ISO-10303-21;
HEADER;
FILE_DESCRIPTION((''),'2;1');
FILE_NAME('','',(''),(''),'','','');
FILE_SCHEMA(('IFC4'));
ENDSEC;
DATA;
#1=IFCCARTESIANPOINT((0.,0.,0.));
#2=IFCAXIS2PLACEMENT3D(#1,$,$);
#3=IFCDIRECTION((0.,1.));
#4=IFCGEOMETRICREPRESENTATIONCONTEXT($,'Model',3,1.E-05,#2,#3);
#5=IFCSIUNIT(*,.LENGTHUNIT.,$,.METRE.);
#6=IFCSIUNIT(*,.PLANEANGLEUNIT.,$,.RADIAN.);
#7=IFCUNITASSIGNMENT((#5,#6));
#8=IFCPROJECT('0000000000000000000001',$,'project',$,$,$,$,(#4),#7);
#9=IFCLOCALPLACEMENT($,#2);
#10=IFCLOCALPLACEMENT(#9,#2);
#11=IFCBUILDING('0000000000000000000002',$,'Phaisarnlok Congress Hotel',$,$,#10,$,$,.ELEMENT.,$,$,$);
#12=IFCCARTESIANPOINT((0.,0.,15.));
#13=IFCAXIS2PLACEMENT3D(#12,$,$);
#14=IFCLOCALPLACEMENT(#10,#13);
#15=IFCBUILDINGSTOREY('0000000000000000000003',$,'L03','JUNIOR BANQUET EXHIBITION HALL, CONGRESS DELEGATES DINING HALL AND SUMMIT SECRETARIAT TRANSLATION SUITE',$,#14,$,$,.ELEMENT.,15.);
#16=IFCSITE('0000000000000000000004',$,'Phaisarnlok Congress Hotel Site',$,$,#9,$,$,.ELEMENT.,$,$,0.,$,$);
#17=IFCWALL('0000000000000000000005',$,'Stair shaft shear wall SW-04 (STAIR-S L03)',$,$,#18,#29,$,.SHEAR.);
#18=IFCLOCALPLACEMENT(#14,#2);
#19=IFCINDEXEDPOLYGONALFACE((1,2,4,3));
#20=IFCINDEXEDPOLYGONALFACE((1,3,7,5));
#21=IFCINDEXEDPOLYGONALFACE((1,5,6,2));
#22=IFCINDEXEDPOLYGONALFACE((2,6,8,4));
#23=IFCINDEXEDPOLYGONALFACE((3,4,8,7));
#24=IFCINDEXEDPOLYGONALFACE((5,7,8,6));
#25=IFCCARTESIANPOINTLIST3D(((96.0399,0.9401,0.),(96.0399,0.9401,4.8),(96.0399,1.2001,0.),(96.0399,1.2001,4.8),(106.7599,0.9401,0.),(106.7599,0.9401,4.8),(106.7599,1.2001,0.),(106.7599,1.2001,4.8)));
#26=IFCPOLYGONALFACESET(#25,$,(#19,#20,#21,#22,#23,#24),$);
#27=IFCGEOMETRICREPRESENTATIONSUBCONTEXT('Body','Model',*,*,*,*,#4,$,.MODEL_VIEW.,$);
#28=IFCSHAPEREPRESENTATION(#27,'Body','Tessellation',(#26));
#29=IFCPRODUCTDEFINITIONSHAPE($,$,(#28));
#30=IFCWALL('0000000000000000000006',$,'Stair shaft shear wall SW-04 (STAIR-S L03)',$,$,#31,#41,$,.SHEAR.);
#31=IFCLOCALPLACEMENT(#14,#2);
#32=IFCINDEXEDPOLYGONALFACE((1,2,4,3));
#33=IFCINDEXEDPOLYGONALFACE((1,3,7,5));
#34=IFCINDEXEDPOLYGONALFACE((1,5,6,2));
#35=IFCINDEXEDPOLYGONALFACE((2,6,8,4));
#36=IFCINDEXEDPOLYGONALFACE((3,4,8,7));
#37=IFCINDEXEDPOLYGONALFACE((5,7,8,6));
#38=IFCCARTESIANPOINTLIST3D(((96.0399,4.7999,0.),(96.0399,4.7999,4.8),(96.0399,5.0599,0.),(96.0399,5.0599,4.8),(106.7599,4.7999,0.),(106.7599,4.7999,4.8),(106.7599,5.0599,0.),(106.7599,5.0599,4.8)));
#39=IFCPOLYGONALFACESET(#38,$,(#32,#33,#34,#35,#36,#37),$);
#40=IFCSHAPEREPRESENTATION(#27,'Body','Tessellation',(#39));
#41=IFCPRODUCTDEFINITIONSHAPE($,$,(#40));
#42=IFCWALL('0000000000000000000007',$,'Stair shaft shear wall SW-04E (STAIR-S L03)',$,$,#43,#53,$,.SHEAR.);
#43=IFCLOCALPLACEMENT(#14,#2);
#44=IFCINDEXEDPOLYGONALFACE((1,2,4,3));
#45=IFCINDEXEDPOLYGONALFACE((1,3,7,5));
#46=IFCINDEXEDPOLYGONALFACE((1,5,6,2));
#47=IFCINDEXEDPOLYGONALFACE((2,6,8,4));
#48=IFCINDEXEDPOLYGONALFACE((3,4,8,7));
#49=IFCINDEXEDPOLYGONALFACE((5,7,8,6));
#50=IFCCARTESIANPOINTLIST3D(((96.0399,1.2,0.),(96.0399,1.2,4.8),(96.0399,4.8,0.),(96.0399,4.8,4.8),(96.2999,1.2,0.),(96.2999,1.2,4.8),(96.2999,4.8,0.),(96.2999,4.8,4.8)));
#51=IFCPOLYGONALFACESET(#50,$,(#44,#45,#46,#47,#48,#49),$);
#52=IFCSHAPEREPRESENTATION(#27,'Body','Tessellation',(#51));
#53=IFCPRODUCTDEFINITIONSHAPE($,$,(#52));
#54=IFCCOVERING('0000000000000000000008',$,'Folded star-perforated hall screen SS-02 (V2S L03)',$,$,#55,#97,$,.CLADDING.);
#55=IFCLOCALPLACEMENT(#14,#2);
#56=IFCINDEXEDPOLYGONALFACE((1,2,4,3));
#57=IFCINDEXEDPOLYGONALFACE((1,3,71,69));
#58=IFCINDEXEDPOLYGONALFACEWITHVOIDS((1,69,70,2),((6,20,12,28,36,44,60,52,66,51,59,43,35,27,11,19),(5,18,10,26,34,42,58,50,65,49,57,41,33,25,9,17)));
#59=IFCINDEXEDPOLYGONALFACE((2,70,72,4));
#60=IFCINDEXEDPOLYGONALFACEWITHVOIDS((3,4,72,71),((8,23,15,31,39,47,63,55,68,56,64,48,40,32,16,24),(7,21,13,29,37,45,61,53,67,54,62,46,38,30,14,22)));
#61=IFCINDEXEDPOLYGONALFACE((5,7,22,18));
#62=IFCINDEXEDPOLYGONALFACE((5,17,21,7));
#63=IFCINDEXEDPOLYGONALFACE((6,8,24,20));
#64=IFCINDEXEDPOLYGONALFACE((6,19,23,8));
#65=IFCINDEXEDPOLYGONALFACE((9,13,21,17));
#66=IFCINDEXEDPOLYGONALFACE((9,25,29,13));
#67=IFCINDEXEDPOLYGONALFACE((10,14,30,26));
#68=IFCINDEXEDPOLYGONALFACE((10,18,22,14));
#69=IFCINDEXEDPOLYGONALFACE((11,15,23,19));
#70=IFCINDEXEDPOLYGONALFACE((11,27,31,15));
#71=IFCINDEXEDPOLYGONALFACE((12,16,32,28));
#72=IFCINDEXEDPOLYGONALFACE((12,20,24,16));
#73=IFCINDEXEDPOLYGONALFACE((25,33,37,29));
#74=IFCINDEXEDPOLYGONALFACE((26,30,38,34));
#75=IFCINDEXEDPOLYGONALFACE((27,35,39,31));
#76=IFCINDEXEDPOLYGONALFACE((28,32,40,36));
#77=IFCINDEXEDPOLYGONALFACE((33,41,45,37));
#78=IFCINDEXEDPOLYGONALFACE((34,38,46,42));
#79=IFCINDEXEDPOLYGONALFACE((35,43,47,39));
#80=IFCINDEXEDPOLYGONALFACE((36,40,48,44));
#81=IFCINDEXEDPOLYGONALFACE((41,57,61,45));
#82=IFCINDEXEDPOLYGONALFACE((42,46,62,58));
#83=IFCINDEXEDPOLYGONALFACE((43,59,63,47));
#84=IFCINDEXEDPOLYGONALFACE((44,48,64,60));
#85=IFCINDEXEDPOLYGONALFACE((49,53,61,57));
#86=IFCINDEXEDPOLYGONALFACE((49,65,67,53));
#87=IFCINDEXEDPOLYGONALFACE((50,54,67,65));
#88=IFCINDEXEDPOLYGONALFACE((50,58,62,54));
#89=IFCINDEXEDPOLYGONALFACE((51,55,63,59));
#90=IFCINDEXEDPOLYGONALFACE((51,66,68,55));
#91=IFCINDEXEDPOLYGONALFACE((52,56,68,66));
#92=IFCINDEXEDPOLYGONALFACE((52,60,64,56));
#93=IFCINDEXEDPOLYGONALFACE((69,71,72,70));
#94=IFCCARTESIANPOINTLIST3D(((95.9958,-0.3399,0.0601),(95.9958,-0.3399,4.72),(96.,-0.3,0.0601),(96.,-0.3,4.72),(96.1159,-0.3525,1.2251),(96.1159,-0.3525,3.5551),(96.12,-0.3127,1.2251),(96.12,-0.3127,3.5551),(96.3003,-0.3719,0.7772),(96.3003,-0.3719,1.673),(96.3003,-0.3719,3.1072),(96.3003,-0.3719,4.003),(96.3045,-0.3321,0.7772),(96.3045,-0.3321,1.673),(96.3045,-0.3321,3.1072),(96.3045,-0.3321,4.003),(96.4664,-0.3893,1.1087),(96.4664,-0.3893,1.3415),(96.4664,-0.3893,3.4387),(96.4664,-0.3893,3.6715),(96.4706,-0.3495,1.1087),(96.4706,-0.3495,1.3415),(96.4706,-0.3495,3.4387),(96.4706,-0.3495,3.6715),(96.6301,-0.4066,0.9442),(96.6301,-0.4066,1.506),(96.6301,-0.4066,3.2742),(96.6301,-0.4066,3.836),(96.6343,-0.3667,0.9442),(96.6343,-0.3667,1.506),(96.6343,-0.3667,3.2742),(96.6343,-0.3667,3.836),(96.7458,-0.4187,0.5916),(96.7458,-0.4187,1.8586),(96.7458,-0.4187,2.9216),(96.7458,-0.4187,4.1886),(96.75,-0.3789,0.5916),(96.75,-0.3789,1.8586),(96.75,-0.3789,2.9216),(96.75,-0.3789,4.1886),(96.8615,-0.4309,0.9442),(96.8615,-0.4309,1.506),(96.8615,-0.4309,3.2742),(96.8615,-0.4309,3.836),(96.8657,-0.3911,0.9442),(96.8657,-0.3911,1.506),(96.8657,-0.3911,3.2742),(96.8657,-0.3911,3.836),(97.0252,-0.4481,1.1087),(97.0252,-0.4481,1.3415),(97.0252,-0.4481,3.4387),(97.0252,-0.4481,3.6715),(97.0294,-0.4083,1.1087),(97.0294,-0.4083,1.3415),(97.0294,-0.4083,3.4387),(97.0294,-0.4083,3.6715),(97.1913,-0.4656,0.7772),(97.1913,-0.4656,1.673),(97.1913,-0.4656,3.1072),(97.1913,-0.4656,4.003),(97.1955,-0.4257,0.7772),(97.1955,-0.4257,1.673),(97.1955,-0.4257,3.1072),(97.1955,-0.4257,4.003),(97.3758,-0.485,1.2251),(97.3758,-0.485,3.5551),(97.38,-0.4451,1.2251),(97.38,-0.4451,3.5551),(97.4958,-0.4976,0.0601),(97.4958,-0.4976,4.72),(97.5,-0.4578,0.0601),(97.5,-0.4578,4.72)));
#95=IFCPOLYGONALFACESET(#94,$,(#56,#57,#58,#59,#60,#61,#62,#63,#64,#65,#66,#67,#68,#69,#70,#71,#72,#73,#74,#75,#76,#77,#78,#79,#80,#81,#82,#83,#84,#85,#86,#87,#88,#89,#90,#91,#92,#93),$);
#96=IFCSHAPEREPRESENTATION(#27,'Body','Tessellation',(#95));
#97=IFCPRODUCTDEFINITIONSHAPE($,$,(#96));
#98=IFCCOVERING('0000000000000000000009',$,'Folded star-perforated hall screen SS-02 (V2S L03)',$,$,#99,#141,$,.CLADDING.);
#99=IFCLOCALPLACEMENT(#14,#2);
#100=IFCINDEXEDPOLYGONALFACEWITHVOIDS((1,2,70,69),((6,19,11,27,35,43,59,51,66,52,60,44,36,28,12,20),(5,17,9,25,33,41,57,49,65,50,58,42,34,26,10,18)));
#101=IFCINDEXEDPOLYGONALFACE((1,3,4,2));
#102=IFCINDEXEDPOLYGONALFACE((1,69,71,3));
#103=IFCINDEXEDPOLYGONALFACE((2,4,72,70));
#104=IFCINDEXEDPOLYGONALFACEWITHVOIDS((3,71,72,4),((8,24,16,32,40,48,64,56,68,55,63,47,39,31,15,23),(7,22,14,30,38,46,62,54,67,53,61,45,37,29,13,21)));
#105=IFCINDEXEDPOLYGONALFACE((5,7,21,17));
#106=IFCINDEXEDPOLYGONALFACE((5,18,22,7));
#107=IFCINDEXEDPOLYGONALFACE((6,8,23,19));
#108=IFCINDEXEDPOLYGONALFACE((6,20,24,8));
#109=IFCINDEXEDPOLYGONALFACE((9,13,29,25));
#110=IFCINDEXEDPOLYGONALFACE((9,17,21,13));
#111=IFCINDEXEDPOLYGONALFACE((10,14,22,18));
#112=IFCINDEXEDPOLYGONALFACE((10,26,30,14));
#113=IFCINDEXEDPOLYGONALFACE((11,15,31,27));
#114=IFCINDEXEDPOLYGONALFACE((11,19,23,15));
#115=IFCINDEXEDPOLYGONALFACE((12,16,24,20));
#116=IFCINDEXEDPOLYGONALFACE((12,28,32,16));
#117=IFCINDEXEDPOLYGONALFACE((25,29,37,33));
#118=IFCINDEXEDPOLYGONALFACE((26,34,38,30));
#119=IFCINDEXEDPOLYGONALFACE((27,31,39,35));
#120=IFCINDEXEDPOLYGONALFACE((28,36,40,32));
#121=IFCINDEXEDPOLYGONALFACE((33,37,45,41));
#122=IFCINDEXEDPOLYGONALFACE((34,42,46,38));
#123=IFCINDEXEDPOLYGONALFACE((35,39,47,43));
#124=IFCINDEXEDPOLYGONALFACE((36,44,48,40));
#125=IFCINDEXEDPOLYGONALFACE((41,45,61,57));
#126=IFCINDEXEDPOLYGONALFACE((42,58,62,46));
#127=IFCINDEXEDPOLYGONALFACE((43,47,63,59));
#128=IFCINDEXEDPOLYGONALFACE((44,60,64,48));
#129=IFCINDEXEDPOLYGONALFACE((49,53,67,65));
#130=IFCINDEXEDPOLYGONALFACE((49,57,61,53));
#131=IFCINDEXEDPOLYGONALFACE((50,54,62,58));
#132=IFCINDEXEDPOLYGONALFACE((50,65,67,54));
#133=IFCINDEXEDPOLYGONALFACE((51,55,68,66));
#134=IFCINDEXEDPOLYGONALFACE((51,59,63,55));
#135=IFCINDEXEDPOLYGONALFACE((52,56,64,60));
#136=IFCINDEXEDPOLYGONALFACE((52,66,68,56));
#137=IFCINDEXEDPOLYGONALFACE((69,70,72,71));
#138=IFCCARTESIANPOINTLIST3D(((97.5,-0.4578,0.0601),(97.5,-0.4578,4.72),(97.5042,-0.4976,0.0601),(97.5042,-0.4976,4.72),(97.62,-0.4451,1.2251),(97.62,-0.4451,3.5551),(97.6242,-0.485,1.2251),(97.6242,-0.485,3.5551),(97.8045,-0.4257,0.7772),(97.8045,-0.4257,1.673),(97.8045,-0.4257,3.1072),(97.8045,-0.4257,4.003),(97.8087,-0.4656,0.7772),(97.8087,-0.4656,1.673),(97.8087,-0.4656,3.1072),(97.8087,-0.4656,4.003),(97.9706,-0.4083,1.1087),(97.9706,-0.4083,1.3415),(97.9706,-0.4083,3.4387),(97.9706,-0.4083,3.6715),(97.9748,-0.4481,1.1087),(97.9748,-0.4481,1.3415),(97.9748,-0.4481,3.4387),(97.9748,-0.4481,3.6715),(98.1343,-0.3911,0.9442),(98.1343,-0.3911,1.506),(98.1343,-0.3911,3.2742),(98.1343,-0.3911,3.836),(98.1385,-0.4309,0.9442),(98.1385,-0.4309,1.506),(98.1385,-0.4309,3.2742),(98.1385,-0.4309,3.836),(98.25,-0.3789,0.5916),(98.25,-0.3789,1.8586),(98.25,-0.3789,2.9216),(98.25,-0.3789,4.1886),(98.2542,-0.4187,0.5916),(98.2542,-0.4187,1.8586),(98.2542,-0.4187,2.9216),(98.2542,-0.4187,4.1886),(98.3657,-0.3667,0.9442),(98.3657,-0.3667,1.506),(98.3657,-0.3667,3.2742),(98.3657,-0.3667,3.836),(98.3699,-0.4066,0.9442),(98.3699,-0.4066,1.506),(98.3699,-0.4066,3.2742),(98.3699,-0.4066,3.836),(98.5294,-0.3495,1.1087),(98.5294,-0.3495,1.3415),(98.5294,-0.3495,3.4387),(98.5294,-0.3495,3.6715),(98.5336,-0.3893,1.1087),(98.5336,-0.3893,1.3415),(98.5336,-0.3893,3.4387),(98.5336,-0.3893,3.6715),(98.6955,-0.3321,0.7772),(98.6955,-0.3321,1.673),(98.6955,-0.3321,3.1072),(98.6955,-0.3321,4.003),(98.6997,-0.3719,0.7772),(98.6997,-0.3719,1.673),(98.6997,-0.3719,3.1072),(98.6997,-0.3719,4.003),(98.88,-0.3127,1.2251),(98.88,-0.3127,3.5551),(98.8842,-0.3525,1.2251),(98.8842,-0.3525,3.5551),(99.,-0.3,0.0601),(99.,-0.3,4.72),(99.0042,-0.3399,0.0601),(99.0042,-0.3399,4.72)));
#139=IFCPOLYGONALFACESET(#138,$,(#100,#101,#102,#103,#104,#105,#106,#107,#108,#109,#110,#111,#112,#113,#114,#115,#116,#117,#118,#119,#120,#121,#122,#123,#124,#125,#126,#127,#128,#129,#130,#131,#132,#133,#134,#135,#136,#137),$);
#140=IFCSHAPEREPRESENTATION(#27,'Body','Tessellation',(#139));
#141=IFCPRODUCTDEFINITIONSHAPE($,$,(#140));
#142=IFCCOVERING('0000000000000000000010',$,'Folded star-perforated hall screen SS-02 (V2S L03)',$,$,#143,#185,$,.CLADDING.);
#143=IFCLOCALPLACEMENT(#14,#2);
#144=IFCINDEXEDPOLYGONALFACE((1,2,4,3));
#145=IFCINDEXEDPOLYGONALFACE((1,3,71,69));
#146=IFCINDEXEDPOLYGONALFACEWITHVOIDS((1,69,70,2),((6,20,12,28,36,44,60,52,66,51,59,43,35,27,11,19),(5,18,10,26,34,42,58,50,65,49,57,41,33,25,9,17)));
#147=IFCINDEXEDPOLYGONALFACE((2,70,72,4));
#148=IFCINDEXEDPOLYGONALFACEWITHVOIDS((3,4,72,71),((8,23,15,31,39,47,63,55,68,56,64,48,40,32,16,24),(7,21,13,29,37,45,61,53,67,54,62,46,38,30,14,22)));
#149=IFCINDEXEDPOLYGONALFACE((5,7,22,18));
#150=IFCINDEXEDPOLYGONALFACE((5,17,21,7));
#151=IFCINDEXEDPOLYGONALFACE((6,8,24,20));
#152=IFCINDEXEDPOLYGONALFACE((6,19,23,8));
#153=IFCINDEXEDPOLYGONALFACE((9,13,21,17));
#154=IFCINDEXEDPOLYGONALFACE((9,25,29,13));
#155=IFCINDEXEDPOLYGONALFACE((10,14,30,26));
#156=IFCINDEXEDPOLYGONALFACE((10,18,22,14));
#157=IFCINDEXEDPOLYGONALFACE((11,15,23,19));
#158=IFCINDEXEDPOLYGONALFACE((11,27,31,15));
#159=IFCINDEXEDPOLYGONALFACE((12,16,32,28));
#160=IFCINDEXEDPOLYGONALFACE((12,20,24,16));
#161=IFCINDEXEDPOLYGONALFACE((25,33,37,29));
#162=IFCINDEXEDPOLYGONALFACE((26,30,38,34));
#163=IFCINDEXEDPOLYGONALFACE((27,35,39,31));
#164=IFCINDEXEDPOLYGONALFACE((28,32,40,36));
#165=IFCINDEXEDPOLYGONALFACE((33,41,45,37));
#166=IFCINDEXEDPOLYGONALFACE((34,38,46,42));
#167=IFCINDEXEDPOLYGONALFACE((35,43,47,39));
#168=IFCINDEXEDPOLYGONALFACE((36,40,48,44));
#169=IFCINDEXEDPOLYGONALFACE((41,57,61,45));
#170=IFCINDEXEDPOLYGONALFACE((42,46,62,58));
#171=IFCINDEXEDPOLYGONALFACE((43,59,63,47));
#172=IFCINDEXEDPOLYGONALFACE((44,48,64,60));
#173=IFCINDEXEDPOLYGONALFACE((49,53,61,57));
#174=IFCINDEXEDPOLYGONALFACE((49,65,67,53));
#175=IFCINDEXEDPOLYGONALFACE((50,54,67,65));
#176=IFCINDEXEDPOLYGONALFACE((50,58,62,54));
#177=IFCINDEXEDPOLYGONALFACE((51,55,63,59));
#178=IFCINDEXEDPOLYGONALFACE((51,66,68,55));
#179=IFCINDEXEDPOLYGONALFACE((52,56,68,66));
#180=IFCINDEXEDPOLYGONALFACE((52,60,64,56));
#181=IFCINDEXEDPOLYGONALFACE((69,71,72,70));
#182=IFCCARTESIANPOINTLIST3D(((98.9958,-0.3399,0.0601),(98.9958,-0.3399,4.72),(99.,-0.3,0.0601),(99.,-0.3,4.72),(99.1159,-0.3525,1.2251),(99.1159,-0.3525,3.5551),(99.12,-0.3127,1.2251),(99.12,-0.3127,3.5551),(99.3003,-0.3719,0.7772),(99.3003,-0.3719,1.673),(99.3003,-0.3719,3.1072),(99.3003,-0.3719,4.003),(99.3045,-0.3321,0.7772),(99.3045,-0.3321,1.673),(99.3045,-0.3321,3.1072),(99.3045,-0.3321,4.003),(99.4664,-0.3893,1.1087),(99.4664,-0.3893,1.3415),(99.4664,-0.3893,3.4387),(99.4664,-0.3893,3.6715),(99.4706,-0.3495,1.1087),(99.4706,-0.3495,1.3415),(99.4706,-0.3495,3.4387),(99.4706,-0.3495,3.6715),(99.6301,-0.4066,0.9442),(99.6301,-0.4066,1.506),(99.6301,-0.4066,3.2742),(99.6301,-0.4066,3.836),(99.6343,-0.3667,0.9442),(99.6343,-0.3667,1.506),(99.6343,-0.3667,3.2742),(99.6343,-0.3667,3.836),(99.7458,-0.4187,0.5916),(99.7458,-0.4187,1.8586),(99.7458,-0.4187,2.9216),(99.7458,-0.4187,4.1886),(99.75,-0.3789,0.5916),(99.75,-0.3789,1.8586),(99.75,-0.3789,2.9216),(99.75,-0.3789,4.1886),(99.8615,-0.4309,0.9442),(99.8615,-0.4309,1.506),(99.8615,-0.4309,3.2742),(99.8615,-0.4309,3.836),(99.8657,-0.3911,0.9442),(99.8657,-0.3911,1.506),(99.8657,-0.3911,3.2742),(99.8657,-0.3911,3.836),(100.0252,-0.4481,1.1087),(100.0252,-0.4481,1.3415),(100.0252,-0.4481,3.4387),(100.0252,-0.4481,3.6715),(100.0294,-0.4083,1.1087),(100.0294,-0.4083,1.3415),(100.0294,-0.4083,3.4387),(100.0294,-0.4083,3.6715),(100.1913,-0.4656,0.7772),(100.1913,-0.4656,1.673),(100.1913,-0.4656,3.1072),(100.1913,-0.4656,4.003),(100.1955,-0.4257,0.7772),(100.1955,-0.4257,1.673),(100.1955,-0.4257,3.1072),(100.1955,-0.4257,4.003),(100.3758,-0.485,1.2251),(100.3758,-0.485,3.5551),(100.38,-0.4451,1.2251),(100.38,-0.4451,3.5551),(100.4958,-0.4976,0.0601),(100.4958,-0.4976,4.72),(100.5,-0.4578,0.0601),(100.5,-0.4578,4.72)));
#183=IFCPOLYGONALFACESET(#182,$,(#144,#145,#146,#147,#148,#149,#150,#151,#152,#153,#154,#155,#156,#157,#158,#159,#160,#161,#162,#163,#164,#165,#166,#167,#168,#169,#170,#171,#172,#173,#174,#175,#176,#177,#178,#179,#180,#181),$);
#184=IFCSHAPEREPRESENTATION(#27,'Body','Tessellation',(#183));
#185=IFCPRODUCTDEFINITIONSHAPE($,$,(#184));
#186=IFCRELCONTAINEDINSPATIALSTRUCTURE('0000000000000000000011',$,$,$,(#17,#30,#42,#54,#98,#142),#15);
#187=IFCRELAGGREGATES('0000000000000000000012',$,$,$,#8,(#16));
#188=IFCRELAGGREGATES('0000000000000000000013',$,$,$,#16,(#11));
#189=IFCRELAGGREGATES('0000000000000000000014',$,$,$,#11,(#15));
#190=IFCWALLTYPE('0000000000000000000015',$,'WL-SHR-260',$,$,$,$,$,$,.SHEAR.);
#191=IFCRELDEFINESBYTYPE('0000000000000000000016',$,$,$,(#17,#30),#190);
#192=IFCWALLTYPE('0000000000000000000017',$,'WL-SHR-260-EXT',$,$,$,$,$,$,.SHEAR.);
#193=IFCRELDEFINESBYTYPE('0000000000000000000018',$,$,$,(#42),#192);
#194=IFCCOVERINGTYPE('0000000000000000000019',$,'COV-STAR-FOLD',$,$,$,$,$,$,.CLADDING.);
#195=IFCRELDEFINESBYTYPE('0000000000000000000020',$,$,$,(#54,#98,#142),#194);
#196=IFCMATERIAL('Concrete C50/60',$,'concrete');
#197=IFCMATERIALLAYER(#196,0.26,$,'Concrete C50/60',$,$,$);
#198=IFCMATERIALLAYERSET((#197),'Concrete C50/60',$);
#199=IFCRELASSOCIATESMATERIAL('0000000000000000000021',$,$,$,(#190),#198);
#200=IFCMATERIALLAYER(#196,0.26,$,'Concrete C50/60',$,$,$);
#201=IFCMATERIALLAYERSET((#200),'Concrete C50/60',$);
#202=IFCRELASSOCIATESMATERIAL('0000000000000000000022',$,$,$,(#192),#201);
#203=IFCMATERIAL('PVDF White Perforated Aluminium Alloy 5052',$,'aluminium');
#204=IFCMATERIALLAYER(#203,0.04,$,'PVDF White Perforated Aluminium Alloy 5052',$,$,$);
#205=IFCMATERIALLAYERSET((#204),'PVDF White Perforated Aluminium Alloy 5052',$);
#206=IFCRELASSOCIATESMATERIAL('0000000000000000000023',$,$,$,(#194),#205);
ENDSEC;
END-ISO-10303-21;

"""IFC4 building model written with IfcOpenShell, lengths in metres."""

from ifc_helpers import new_model, si_unit, direction, frame, frame_2d, origin, place, context, subcontext, project, spatial, polyline, rectangle, outline, extrude, material, layer, layer_set, type_object, element, save


model = new_model("IFC4")

# Units and contexts
model_context = context("Model", 3, precision=1e-05, world=origin(), true_north=direction((0.0, 1.0)))
body_context = subcontext(model_context, "Body", "Model", "MODEL_VIEW")
ifc_project = project(units=[si_unit("LENGTHUNIT", "METRE"), si_unit("PLANEANGLEUNIT", "RADIAN")], contexts=[model_context])

# Site, building, storey
site_placement = place(None, origin())
site = spatial("IfcSite", under=ifc_project, at=site_placement, Name="Phaisarnlok Congress Hotel Site", CompositionType="ELEMENT", RefElevation=0.0)
building_placement = place(site_placement, origin())
building = spatial("IfcBuilding", under=site, at=building_placement, Name="Phaisarnlok Congress Hotel", CompositionType="ELEMENT")
storey_placement = place(building_placement, frame((0.0, 0.0, 15.0)))
storey = spatial("IfcBuildingStorey", under=building, at=storey_placement, Name="L03", Description="JUNIOR BANQUET EXHIBITION HALL, CONGRESS DELEGATES DINING HALL AND SUMMIT SECRETARIAT TRANSLATION SUITE", CompositionType="ELEMENT", Elevation=15.0)

# Walls
ifc_material_1 = material(Name="Concrete C50/60", Category="concrete")
ifc_layer_1 = layer(ifc_material_1, 0.26, Name="Concrete C50/60")
ifc_layer_set_1 = layer_set([ifc_layer_1], Name="Concrete C50/60")
wall_type_1 = type_object("IfcWallType", Name="WL-SHR-260", PredefinedType="SHEAR", material=ifc_layer_set_1)
for number, where, z_axis, x_axis, name in (
    (1, (96.04, 1.0701, 0.0), (0.0, 0.0, 1.0), (1.0, 0.0, 0.0), "Stair shaft shear wall SW-04 (STAIR-S L03)"),
    (2, (96.04, 4.9299, 0.0), (0.0, 0.0, 1.0), (1.0, 0.0, 0.0), "Stair shaft shear wall SW-04 (STAIR-S L03)"),
):
    element("IfcWall", number, at=place(storey_placement, frame(where, z_axis=z_axis, x_axis=x_axis)), inside=storey, type_object=wall_type_1, Name=name, PredefinedType="SHEAR", context=body_context, shape_type="SweptSolid", body=[
        extrude(rectangle(XDim=10.72, YDim=0.26, at=frame_2d((5.3599, 0.0))), origin(), (0.0, 0.0, 1.0), 4.8),
    ])
ifc_layer_2 = layer(ifc_material_1, 0.26, Name="Concrete C50/60")
ifc_layer_set_2 = layer_set([ifc_layer_2], Name="Concrete C50/60")
wall_type_2 = type_object("IfcWallType", Name="WL-SHR-260-EXT", PredefinedType="SHEAR", material=ifc_layer_set_2)
wall_1_placement = place(storey_placement, frame((96.1699, 1.2, 0.0), z_axis=(0.0, 0.0, 1.0), x_axis=(0.0, 1.0, 0.0)))
element("IfcWall", 3, at=wall_1_placement, inside=storey, type_object=wall_type_2, Name="Stair shaft shear wall SW-04E (STAIR-S L03)", PredefinedType="SHEAR", context=body_context, shape_type="SweptSolid", body=[
    extrude(rectangle(XDim=3.6001, YDim=0.26, at=frame_2d((1.8, 0.0))), origin(), (0.0, 0.0, 1.0), 4.8),
])

# Coverings
ifc_material_2 = material(Name="PVDF White Perforated Aluminium Alloy 5052", Category="aluminium")
ifc_layer_3 = layer(ifc_material_2, 0.04, Name="PVDF White Perforated Aluminium Alloy 5052")
ifc_layer_set_3 = layer_set([ifc_layer_3], Name="PVDF White Perforated Aluminium Alloy 5052")
covering_type = type_object("IfcCoveringType", Name="COV-STAR-FOLD", PredefinedType="CLADDING", material=ifc_layer_set_3)
for number, where, z_axis, x_axis, name in (
    (4, (96.0, -0.3, 0.0601), (-0.104567, -0.994518, 0.0), (0.994518, -0.104567, 0.0), "Folded star-perforated hall screen SS-02 (V2S L03)"),
    (5, (97.5, -0.4578, 0.0601), (0.104567, -0.994518, 0.0), (0.994518, 0.104567, 0.0), "Folded star-perforated hall screen SS-02 (V2S L03)"),
    (6, (99.0, -0.3, 0.0601), (-0.104567, -0.994518, 0.0), (0.994518, -0.104567, 0.0), "Folded star-perforated hall screen SS-02 (V2S L03)"),
):
    element("IfcCovering", number, at=place(storey_placement, frame(where, z_axis=z_axis, x_axis=x_axis)), inside=storey, type_object=covering_type, Name=name, PredefinedType="CLADDING", context=body_context, shape_type="SweptSolid", body=[
        extrude(outline(polyline([(0.0, 0.0), (1.5083, 0.0), (1.5083, 4.6599), (0.0, 4.6599), (0.0, 0.0)]), holes=[polyline([(1.0351, 1.0486), (1.2021, 0.7171), (0.8705, 0.8841), (0.7541, 0.5315), (0.6378, 0.8841), (0.3062, 0.7171), (0.4732, 1.0486), (0.1207, 1.165), (0.4732, 1.2814), (0.3062, 1.6129), (0.6378, 1.4459), (0.7541, 1.7985), (0.8705, 1.4459), (1.2021, 1.6129), (1.0351, 1.2814), (1.3876, 1.165), (1.0351, 1.0486)]), polyline([(1.0351, 3.3786), (1.2021, 3.0471), (0.8705, 3.2141), (0.7541, 2.8615), (0.6378, 3.2141), (0.3062, 3.0471), (0.4732, 3.3786), (0.1207, 3.495), (0.4732, 3.6114), (0.3062, 3.9429), (0.6378, 3.7759), (0.7541, 4.1285), (0.8705, 3.7759), (1.2021, 3.9429), (1.0351, 3.6114), (1.3876, 3.495), (1.0351, 3.3786)])]), origin(), (0.0, 0.0, 1.0), 0.04),
    ])

save(model, "model.ifc")
